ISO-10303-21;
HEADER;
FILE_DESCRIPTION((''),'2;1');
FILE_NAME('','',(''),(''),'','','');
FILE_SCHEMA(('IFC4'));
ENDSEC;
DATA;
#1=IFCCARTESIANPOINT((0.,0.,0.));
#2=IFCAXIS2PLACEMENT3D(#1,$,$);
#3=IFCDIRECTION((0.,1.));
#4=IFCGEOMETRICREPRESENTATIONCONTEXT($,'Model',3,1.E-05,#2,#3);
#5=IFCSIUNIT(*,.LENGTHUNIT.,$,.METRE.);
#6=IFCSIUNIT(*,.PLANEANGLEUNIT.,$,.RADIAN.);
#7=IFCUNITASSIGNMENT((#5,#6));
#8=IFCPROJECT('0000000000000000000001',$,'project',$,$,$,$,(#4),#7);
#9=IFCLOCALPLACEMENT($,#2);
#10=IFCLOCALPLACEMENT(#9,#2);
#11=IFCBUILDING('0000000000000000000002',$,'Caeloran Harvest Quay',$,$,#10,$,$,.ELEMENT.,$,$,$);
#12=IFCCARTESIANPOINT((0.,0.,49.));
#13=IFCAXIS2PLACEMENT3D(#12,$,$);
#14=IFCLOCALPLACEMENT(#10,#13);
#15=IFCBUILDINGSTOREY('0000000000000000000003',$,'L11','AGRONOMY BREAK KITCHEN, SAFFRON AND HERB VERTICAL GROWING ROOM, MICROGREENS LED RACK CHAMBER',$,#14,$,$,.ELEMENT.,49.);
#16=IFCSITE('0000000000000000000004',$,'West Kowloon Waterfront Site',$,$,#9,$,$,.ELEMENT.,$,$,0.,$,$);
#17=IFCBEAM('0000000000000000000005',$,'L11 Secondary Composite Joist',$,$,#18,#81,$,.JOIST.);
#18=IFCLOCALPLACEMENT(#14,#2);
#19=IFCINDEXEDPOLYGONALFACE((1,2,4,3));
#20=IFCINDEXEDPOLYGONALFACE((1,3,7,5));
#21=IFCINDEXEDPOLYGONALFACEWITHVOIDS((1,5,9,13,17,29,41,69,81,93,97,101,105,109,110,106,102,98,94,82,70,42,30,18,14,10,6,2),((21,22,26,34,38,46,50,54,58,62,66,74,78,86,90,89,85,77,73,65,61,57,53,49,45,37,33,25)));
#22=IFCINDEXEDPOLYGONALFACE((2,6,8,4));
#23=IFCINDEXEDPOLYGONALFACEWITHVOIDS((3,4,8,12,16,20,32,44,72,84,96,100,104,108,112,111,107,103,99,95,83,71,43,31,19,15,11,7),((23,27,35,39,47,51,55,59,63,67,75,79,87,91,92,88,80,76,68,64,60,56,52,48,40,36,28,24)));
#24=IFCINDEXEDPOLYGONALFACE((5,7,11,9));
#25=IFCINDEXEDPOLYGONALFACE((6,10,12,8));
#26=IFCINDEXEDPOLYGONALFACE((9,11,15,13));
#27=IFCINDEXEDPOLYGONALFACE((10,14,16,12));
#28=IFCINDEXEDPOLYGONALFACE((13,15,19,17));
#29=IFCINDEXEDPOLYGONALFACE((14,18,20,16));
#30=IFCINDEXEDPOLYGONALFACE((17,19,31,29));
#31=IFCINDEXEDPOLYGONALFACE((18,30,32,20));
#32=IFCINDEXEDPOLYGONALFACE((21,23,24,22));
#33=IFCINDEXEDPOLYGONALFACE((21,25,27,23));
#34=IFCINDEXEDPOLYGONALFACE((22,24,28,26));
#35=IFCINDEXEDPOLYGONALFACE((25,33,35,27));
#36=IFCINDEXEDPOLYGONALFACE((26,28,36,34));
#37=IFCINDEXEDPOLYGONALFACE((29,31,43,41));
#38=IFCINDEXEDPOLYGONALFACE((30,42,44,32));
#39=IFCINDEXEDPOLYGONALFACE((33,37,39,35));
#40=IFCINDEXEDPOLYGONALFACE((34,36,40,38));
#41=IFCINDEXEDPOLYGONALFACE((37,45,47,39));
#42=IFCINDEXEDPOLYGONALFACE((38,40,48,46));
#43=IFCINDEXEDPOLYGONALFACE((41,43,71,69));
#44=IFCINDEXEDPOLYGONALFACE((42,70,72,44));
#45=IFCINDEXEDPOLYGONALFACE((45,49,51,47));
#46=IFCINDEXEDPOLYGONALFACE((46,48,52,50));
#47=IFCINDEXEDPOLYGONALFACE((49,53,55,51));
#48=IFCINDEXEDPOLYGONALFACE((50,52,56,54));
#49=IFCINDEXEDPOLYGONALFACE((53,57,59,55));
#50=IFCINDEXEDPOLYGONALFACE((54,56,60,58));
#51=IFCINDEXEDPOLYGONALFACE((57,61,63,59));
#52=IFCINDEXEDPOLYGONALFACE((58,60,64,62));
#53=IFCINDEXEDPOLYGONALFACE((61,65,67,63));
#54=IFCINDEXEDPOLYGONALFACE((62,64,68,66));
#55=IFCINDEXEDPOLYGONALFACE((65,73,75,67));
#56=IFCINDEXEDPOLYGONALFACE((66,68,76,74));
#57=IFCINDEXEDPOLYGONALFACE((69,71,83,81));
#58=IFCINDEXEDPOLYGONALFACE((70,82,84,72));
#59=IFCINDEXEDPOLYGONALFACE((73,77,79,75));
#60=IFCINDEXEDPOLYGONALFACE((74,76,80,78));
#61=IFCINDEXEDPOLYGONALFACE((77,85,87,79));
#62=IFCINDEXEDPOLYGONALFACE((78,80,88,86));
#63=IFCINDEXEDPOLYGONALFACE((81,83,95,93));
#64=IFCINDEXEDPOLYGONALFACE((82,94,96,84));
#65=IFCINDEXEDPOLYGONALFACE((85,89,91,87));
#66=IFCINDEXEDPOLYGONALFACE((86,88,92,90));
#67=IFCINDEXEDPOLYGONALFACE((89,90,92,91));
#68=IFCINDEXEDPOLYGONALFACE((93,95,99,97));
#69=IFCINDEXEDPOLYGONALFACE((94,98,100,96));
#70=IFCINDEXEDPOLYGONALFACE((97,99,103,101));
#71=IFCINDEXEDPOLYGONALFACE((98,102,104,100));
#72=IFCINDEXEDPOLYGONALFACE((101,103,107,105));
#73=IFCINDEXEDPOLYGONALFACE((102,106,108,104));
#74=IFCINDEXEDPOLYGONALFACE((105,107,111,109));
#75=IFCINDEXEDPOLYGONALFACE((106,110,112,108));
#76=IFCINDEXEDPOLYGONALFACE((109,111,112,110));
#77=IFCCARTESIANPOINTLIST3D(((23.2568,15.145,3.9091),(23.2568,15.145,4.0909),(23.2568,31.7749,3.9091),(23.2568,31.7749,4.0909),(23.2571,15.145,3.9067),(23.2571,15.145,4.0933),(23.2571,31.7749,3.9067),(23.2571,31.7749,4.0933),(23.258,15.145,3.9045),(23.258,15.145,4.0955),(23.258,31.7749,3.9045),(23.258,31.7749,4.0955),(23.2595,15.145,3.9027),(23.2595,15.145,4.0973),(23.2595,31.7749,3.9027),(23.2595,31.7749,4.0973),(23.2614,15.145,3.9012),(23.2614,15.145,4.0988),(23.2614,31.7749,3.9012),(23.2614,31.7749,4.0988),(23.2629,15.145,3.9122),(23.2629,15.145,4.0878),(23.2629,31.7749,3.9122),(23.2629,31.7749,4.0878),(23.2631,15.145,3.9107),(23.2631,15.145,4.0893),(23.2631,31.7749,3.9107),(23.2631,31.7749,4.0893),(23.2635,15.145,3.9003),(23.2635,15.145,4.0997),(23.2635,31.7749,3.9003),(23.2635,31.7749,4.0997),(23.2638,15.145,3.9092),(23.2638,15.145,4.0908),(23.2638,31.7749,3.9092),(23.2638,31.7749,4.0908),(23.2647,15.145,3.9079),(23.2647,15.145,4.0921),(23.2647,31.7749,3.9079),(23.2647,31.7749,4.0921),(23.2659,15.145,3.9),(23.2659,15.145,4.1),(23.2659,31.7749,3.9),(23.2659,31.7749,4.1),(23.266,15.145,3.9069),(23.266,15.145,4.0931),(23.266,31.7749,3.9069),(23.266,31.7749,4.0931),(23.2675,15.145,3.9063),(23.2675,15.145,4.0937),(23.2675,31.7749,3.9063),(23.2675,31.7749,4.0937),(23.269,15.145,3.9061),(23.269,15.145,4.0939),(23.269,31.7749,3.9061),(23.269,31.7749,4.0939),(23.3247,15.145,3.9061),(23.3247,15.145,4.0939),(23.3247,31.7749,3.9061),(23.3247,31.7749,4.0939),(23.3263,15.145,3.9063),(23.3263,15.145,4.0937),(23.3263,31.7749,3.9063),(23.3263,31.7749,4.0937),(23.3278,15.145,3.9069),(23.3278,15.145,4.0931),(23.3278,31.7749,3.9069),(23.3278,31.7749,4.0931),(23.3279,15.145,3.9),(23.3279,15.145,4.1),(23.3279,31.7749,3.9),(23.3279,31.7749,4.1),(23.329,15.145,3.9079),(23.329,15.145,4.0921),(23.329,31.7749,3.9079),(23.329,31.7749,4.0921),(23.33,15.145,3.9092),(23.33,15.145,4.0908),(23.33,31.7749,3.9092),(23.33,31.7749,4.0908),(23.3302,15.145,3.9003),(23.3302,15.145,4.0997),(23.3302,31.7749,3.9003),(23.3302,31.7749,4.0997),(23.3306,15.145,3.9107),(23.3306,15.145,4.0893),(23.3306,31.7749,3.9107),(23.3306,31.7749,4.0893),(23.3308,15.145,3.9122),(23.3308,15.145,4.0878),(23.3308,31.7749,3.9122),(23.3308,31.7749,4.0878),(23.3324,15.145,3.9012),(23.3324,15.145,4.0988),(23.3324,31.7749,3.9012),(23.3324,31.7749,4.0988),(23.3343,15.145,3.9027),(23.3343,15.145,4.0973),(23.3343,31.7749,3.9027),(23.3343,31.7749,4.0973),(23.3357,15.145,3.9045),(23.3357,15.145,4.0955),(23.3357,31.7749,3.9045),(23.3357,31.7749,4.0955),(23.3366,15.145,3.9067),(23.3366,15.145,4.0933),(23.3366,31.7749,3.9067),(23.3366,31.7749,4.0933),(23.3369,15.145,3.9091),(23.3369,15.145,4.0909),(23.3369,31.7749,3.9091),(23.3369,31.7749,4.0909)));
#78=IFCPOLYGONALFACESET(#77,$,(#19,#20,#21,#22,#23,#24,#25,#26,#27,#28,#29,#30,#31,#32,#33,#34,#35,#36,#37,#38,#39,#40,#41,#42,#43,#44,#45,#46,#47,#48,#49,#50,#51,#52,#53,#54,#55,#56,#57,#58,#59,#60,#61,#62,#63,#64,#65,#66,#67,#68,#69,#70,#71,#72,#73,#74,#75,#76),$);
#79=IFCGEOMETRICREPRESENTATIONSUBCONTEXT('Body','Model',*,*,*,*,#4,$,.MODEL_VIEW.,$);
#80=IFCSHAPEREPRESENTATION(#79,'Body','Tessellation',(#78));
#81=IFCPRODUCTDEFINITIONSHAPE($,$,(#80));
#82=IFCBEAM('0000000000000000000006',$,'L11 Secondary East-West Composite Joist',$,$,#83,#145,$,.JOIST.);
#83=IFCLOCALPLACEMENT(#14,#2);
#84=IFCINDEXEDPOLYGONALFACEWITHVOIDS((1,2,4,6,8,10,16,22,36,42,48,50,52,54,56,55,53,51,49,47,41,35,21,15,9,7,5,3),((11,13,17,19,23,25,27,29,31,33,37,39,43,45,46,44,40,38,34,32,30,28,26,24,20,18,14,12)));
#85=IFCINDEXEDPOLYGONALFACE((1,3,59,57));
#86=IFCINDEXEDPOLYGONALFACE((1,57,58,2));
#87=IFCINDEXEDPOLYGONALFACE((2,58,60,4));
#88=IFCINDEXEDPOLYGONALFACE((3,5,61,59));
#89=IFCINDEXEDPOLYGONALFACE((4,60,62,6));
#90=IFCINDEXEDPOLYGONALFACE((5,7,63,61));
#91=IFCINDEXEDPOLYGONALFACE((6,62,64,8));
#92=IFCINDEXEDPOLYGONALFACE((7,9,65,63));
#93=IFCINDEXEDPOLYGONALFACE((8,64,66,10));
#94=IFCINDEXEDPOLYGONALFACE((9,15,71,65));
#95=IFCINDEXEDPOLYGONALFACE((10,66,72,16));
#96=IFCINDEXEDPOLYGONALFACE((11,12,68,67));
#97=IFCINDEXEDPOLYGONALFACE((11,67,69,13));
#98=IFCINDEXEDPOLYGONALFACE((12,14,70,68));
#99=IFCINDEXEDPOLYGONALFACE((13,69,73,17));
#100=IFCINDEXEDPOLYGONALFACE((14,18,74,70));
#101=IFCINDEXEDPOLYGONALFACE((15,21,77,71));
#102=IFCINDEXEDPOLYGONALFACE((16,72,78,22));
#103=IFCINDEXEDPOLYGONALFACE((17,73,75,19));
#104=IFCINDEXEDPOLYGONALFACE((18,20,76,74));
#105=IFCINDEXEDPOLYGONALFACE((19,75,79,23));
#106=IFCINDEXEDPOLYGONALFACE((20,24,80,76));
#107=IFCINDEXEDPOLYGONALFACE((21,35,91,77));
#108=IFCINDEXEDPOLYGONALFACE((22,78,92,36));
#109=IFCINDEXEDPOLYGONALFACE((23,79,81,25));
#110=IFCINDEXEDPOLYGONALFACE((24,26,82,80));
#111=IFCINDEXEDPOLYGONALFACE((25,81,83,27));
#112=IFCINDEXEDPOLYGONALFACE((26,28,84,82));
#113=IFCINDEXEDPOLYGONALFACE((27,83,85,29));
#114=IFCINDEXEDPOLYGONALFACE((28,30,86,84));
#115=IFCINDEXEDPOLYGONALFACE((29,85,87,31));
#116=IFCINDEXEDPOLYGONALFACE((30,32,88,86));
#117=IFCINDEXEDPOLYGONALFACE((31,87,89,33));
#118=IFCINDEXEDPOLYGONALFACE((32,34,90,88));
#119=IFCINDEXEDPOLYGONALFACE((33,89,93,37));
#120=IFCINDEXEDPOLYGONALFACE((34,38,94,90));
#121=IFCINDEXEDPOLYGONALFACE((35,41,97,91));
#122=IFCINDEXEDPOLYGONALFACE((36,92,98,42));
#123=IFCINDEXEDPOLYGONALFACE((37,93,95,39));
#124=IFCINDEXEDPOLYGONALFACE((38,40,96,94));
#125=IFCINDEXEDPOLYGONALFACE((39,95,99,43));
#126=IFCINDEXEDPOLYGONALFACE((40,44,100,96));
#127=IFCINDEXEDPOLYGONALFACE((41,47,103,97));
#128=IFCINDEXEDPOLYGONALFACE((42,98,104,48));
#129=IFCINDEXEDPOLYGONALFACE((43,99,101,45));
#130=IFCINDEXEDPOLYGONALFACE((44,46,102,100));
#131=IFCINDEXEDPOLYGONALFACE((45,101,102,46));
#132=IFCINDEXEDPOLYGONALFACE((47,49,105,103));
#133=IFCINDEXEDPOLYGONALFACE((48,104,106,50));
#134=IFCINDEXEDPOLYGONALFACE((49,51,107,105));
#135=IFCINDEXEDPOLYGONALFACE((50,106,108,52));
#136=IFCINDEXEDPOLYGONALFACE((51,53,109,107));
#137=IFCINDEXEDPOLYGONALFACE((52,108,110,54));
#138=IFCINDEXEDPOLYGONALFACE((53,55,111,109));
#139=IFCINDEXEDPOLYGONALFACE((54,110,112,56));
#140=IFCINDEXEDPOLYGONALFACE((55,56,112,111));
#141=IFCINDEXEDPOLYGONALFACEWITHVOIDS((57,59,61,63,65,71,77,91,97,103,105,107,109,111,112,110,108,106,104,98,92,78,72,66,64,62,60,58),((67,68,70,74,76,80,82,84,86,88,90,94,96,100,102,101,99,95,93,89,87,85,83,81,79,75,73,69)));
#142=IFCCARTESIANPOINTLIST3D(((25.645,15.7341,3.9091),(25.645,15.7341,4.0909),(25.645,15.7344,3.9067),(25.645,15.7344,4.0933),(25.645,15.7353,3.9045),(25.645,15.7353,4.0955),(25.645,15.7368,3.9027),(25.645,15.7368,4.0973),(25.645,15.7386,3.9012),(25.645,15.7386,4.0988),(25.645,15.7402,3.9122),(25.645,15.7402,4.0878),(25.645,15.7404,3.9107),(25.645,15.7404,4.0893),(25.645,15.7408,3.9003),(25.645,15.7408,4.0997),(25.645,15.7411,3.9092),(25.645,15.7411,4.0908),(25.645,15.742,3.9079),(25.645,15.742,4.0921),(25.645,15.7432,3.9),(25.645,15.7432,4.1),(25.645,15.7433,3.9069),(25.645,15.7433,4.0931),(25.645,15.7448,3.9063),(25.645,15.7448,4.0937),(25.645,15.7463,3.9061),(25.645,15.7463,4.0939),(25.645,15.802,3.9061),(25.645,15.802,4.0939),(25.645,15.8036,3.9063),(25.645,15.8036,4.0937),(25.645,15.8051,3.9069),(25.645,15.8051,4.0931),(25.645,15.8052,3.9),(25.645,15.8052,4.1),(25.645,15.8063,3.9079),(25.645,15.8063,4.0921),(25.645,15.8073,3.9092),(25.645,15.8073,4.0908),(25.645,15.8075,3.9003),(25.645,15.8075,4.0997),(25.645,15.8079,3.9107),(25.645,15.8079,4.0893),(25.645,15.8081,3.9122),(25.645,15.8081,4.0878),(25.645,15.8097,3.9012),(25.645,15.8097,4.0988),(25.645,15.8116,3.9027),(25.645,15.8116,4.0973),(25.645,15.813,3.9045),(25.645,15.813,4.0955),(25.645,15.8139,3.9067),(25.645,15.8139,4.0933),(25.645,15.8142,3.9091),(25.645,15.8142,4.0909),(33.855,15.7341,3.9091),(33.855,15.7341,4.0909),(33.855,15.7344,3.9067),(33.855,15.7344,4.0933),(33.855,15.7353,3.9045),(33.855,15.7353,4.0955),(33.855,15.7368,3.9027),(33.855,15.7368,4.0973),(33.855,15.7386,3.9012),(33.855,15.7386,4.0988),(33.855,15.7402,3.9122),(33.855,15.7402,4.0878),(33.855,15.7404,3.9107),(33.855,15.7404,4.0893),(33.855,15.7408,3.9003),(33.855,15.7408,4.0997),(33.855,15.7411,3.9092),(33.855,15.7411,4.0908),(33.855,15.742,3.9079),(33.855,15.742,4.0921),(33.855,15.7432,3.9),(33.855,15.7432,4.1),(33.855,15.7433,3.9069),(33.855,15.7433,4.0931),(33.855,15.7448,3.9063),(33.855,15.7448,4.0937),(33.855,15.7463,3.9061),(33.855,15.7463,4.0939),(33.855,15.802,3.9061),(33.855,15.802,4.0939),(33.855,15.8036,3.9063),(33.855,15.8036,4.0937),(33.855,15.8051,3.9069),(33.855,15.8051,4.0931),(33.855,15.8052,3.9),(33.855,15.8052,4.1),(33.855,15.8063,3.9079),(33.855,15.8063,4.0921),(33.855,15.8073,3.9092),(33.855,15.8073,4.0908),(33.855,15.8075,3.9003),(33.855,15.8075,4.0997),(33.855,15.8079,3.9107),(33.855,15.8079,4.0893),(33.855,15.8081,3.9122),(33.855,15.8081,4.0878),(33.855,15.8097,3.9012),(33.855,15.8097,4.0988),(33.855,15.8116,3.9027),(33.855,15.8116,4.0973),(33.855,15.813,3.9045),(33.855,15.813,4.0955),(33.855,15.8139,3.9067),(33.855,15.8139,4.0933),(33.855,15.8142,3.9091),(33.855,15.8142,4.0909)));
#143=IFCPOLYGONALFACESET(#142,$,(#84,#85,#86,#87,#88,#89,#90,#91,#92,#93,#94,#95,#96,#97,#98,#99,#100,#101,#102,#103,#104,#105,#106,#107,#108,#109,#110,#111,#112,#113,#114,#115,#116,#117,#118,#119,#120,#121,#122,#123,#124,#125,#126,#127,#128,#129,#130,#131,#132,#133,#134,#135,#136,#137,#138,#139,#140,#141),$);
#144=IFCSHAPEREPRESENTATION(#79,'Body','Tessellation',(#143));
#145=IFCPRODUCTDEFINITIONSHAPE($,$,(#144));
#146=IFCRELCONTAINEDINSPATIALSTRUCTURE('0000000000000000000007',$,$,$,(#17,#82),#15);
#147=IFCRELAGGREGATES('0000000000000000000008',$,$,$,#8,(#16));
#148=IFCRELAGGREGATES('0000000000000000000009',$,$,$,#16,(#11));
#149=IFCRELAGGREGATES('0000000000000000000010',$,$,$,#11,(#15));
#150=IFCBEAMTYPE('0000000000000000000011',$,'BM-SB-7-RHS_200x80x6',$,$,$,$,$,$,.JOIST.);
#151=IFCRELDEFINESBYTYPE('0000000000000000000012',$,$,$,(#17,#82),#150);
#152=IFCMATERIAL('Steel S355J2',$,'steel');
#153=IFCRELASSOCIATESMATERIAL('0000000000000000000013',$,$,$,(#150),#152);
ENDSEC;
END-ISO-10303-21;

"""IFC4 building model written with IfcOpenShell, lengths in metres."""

from ifc_helpers import new_model, si_unit, direction, frame, origin, origin_2d, place, context, subcontext, project, spatial, hollow_rectangle, extrude, material, material_profile, profile_set, type_object, element, save


model = new_model("IFC4")

# Units and contexts
model_context = context("Model", 3, precision=1e-05, world=origin(), true_north=direction((0.0, 1.0)))
body_context = subcontext(model_context, "Body", "Model", "MODEL_VIEW")
ifc_project = project(units=[si_unit("LENGTHUNIT", "METRE"), si_unit("PLANEANGLEUNIT", "RADIAN")], contexts=[model_context])

# Site, building, storey
site_placement = place(None, origin())
site = spatial("IfcSite", under=ifc_project, at=site_placement, Name="West Kowloon Waterfront Site", CompositionType="ELEMENT", RefElevation=0.0)
building_placement = place(site_placement, origin())
building = spatial("IfcBuilding", under=site, at=building_placement, Name="Caeloran Harvest Quay", CompositionType="ELEMENT")
storey_placement = place(building_placement, frame((0.0, 0.0, 49.0)))
storey = spatial("IfcBuildingStorey", under=building, at=storey_placement, Name="L11", Description="AGRONOMY BREAK KITCHEN, SAFFRON AND HERB VERTICAL GROWING ROOM, MICROGREENS LED RACK CHAMBER", CompositionType="ELEMENT", Elevation=49.0)

# Beams
ifc_material_1 = material(Name="Steel S355J2", Category="steel")
ifc_material_profile_1 = material_profile(ifc_material_1, hollow_rectangle(XDim=0.0801, YDim=0.2, WallThickness=0.0061, InnerFilletRadius=0.0061, OuterFilletRadius=0.009, at=origin_2d()), Name="RHS 200x80x6")
ifc_profile_set_1 = profile_set([ifc_material_profile_1], Name="Steel S355J2")
beam_type_1 = type_object("IfcBeamType", Name="BM-SB-7-RHS_200x80x6", PredefinedType="JOIST", material=ifc_profile_set_1)
beam_placement = place(storey_placement, frame((23.2969, 15.145, 4.0), z_axis=(0.0, 1.0, 0.0), x_axis=(-1.0, 0.0, 0.0)))
element("IfcBeam", 1, at=beam_placement, inside=storey, type_object=beam_type_1, Name="L11 Secondary Composite Joist", PredefinedType="JOIST", context=body_context, shape_type="SweptSolid", body=[
    extrude(hollow_rectangle(XDim=0.0801, YDim=0.2, WallThickness=0.0061, InnerFilletRadius=0.0061, OuterFilletRadius=0.009, at=origin_2d()), origin(), (0.0, 0.0, 1.0), 16.6299),
])
for number, where, z_axis, x_axis, name in (
    (2, (25.645, 15.7742, 4.0), (1.0, 0.0, 0.0), (0.0, 1.0, 0.0), "L11 Secondary East-West Composite Joist"),
):
    element("IfcBeam", number, at=place(storey_placement, frame(where, z_axis=z_axis, x_axis=x_axis)), inside=storey, type_object=beam_type_1, Name=name, PredefinedType="JOIST", context=body_context, shape_type="SweptSolid", body=[
        extrude(hollow_rectangle(XDim=0.0801, YDim=0.2, WallThickness=0.0061, InnerFilletRadius=0.0061, OuterFilletRadius=0.009, at=origin_2d()), origin(), (0.0, 0.0, 1.0), 8.21),
    ])

save(model, "model.ifc")
